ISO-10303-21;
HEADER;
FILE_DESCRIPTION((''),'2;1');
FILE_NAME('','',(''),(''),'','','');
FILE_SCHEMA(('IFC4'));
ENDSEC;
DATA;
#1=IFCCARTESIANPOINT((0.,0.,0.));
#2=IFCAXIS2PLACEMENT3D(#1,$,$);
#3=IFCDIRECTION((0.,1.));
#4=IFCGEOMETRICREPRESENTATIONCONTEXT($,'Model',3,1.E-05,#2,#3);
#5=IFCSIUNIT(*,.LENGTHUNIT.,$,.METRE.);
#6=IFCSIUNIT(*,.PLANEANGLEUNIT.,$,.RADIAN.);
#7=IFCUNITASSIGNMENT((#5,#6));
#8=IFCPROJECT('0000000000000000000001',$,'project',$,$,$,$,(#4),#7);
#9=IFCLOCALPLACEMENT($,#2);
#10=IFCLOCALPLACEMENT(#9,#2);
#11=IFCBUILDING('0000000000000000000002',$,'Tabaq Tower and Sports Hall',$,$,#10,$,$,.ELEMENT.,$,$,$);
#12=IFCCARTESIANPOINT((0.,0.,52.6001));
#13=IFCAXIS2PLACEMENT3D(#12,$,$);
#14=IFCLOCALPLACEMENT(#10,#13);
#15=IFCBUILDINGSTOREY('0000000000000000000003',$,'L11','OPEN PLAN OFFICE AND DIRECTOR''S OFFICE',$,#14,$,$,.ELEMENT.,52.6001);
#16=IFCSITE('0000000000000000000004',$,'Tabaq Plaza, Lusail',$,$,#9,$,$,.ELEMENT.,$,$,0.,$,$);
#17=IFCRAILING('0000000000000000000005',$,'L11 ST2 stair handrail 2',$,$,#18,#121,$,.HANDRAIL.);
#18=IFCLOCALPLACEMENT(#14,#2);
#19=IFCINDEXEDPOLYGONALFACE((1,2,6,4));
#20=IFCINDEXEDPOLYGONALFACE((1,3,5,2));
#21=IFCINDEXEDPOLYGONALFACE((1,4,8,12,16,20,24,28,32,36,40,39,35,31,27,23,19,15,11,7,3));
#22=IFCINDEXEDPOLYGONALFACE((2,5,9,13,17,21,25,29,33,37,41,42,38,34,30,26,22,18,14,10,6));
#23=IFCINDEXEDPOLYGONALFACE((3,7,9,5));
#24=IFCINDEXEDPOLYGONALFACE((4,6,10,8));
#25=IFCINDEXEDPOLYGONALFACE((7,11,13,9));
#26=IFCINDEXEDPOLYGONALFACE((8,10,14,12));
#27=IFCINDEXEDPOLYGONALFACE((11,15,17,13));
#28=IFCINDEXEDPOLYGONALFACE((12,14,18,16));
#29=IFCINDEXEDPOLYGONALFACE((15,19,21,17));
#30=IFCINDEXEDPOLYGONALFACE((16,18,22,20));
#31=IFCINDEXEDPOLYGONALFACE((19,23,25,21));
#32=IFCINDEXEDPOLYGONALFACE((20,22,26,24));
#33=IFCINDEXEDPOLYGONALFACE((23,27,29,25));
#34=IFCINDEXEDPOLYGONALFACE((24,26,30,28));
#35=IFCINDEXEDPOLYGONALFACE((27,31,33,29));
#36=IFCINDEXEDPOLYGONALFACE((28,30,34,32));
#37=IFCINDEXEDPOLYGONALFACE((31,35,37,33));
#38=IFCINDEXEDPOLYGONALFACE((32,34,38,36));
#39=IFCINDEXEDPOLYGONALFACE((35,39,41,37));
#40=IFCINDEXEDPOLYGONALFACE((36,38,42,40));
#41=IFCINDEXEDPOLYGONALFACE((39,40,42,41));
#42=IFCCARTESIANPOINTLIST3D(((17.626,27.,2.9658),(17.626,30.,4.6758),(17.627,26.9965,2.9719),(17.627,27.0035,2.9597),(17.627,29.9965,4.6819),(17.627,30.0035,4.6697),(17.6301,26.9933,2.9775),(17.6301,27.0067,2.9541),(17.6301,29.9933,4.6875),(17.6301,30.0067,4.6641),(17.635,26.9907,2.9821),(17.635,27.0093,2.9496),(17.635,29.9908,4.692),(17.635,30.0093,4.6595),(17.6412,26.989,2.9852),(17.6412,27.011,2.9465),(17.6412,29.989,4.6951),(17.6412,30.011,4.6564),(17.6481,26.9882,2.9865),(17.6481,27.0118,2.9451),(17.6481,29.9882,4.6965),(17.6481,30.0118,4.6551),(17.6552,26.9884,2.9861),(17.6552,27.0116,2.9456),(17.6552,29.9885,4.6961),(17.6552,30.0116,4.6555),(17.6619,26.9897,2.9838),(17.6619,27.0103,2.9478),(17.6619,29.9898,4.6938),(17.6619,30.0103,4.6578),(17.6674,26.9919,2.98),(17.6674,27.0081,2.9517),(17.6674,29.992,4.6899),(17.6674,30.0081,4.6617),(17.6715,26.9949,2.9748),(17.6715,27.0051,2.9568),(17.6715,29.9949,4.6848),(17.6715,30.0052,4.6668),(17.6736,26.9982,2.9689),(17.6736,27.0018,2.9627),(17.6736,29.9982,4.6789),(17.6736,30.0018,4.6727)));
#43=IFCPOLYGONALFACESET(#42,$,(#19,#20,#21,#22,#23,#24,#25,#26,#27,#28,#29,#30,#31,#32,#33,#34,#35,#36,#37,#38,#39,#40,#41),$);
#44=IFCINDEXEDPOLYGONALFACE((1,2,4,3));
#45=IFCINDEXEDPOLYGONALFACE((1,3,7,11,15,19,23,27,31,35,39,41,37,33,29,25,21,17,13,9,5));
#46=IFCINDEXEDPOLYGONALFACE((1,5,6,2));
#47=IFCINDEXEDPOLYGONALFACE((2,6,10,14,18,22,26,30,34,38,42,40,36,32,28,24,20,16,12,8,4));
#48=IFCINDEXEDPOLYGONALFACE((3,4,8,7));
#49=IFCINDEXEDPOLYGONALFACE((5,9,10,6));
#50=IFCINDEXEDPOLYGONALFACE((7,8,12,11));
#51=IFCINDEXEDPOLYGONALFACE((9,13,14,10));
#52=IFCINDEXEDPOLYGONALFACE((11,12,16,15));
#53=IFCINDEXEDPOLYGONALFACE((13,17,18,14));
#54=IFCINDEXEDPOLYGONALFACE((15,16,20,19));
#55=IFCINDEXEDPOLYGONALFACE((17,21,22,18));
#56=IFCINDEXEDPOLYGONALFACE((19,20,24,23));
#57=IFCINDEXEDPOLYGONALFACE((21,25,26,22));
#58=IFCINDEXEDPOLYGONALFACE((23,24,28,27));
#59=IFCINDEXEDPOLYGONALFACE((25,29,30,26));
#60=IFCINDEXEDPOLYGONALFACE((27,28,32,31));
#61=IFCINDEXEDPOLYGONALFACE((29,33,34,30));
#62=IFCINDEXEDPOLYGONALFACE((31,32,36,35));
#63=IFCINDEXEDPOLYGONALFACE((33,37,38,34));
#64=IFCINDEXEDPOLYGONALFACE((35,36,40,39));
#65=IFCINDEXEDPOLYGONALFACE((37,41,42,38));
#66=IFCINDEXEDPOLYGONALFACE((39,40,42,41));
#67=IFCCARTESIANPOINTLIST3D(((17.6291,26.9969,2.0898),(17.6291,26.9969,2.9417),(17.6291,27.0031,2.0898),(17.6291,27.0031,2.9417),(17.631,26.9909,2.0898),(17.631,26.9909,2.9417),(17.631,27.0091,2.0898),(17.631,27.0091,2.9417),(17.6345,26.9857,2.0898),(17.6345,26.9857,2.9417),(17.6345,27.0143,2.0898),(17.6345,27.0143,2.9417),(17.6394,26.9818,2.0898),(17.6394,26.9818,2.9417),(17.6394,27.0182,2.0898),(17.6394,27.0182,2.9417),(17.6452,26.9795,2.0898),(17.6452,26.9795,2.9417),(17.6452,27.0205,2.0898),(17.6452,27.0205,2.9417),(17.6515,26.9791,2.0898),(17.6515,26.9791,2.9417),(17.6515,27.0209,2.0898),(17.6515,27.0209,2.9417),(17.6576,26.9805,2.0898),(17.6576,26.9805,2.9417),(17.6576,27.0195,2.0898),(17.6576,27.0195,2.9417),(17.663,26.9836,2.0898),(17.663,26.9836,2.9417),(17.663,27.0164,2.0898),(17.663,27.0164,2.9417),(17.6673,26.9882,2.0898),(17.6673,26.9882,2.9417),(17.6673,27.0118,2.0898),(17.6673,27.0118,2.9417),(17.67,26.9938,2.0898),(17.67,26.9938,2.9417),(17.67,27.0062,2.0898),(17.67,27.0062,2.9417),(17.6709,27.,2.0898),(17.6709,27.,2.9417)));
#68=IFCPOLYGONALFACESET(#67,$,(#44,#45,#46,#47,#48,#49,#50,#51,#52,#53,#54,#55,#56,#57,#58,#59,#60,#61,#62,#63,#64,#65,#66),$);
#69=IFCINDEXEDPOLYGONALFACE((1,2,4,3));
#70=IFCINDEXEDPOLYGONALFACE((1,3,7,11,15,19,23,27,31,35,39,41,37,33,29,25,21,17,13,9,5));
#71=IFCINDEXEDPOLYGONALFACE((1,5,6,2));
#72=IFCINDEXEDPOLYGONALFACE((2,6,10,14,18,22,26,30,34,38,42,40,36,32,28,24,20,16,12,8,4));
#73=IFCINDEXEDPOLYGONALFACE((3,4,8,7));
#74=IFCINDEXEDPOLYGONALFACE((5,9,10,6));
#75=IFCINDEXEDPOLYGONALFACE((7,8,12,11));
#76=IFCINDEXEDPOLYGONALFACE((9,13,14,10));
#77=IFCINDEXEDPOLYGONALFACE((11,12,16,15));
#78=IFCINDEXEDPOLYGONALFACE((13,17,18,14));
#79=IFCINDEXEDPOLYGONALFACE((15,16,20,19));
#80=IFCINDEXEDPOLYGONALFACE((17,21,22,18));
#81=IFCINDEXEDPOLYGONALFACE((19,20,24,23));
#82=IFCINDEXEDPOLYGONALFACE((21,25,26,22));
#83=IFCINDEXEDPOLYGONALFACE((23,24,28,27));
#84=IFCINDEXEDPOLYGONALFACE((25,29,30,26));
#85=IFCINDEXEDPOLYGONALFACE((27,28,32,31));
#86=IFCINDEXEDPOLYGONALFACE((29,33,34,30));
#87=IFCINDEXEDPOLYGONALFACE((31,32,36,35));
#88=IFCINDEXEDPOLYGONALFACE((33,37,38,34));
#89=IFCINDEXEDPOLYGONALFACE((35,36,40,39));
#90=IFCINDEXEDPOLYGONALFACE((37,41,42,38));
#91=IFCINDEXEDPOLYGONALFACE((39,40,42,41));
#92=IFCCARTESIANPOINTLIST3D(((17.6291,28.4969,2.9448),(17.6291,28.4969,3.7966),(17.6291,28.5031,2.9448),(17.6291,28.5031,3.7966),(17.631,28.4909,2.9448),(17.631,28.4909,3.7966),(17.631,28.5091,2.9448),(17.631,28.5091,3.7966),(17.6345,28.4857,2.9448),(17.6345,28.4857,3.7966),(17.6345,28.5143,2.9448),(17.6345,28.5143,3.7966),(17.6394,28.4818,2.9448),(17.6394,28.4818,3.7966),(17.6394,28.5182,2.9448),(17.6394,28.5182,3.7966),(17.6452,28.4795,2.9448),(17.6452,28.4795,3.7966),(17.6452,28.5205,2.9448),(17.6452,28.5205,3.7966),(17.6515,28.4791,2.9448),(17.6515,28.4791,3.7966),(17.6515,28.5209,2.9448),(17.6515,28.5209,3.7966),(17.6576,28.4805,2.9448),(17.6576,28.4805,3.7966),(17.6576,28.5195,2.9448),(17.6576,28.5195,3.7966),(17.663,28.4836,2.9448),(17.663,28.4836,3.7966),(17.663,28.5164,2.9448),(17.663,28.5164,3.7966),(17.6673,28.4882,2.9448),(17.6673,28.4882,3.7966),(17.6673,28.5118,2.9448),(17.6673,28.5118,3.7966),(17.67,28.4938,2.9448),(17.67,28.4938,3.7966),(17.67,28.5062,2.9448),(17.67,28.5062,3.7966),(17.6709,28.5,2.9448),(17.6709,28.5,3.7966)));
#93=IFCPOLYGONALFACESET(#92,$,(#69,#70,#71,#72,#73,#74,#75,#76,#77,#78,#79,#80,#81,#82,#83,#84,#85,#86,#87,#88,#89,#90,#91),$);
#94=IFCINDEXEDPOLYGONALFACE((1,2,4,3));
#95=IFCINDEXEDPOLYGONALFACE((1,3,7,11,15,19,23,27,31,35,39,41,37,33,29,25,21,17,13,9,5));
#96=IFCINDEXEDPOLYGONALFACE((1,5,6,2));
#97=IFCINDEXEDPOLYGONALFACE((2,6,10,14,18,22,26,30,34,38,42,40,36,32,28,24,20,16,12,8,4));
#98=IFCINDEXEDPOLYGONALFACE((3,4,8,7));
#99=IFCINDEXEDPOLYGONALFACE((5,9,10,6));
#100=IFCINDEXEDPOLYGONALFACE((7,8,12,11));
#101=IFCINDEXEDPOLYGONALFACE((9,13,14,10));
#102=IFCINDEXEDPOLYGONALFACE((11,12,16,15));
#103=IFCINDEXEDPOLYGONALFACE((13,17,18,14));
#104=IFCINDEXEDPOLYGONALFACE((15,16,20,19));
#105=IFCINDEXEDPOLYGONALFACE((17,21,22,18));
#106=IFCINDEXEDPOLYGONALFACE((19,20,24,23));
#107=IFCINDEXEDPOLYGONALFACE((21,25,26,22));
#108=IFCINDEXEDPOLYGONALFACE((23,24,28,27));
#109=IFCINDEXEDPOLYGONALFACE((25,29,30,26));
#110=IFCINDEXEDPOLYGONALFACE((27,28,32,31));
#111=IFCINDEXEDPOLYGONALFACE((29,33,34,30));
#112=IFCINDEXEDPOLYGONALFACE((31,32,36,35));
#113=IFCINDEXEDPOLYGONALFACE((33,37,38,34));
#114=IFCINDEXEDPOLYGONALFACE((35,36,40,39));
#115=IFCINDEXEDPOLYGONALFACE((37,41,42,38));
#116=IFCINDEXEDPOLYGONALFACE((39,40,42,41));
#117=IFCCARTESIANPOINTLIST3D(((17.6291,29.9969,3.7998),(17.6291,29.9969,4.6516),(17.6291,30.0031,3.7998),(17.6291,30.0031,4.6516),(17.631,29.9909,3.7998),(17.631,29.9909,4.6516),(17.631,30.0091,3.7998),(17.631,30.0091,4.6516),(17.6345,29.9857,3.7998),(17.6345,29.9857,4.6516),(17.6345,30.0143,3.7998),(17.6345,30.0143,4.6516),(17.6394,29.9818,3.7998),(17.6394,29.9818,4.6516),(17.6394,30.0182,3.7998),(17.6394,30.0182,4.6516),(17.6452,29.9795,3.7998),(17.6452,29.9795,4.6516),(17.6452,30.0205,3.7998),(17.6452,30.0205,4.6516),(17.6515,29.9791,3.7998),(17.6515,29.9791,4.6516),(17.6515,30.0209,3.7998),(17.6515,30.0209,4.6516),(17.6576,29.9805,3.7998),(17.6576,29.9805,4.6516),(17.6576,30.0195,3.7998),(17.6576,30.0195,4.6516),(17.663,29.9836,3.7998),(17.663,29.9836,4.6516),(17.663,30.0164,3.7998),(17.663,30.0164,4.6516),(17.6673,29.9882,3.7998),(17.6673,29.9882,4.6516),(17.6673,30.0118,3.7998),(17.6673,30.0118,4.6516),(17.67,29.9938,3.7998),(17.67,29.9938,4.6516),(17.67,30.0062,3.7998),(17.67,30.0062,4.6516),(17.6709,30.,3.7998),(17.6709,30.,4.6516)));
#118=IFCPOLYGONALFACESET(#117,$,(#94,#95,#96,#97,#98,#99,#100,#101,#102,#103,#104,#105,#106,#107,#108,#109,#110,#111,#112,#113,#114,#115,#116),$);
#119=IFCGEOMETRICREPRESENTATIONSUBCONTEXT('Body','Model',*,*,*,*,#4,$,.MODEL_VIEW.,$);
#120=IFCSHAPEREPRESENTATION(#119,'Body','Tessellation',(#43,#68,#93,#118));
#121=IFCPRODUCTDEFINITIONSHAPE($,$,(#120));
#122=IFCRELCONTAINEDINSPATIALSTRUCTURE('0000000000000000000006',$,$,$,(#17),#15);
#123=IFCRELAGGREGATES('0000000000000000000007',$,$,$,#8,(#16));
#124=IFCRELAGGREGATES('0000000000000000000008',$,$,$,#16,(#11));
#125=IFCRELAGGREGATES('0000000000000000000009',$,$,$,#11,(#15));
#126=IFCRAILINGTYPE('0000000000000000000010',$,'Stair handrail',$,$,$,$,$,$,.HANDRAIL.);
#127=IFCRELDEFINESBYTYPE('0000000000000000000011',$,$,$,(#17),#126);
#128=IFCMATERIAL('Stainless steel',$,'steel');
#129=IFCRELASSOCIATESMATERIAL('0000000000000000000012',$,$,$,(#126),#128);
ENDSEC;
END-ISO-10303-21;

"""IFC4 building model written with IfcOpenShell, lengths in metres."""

from ifc_helpers import new_model, si_unit, direction, frame, origin, origin_2d, place, context, subcontext, project, spatial, circle, extrude, material, type_object, element, save


model = new_model("IFC4")

# Units and contexts
model_context = context("Model", 3, precision=1e-05, world=origin(), true_north=direction((0.0, 1.0)))
body_context = subcontext(model_context, "Body", "Model", "MODEL_VIEW")
ifc_project = project(units=[si_unit("LENGTHUNIT", "METRE"), si_unit("PLANEANGLEUNIT", "RADIAN")], contexts=[model_context])

# Site, building, storey
site_placement = place(None, origin())
site = spatial("IfcSite", under=ifc_project, at=site_placement, Name="Tabaq Plaza, Lusail", CompositionType="ELEMENT", RefElevation=0.0)
building_placement = place(site_placement, origin())
building = spatial("IfcBuilding", under=site, at=building_placement, Name="Tabaq Tower and Sports Hall", CompositionType="ELEMENT")
storey_placement = place(building_placement, frame((0.0, 0.0, 52.6001)))
storey = spatial("IfcBuildingStorey", under=building, at=storey_placement, Name="L11", Description="OPEN PLAN OFFICE AND DIRECTOR'S OFFICE", CompositionType="ELEMENT", Elevation=52.6001)

# Railing
ifc_material_1 = material(Name="Stainless steel", Category="steel")
railing_type_1 = type_object("IfcRailingType", Name="Stair handrail", PredefinedType="HANDRAIL", material=ifc_material_1)
railing_1_placement = place(storey_placement, frame((17.6499, 27.0, 2.0898)))
element("IfcRailing", 1, at=railing_1_placement, inside=storey, type_object=railing_type_1, Name="L11 ST2 stair handrail 2", PredefinedType="HANDRAIL", context=body_context, shape_type="SweptSolid", body=[
    extrude(circle(Radius=0.0239, at=origin_2d()), frame((0.0, 0.0, 0.876), z_axis=(0.0, 0.868782, 0.495195), x_axis=(-1.0, 0.0, 0.0)), (0.0, 0.0, 1.0), 3.4531),
    extrude(circle(Radius=0.021, at=origin_2d()), origin(), (0.0, 0.0, 1.0), 0.8518),
    extrude(circle(Radius=0.021, at=origin_2d()), frame((0.0, 1.5, 0.855)), (0.0, 0.0, 1.0), 0.8518),
    extrude(circle(Radius=0.021, at=origin_2d()), frame((0.0, 3.0, 1.71)), (0.0, 0.0, 1.0), 0.8518),
])

save(model, "model.ifc")
